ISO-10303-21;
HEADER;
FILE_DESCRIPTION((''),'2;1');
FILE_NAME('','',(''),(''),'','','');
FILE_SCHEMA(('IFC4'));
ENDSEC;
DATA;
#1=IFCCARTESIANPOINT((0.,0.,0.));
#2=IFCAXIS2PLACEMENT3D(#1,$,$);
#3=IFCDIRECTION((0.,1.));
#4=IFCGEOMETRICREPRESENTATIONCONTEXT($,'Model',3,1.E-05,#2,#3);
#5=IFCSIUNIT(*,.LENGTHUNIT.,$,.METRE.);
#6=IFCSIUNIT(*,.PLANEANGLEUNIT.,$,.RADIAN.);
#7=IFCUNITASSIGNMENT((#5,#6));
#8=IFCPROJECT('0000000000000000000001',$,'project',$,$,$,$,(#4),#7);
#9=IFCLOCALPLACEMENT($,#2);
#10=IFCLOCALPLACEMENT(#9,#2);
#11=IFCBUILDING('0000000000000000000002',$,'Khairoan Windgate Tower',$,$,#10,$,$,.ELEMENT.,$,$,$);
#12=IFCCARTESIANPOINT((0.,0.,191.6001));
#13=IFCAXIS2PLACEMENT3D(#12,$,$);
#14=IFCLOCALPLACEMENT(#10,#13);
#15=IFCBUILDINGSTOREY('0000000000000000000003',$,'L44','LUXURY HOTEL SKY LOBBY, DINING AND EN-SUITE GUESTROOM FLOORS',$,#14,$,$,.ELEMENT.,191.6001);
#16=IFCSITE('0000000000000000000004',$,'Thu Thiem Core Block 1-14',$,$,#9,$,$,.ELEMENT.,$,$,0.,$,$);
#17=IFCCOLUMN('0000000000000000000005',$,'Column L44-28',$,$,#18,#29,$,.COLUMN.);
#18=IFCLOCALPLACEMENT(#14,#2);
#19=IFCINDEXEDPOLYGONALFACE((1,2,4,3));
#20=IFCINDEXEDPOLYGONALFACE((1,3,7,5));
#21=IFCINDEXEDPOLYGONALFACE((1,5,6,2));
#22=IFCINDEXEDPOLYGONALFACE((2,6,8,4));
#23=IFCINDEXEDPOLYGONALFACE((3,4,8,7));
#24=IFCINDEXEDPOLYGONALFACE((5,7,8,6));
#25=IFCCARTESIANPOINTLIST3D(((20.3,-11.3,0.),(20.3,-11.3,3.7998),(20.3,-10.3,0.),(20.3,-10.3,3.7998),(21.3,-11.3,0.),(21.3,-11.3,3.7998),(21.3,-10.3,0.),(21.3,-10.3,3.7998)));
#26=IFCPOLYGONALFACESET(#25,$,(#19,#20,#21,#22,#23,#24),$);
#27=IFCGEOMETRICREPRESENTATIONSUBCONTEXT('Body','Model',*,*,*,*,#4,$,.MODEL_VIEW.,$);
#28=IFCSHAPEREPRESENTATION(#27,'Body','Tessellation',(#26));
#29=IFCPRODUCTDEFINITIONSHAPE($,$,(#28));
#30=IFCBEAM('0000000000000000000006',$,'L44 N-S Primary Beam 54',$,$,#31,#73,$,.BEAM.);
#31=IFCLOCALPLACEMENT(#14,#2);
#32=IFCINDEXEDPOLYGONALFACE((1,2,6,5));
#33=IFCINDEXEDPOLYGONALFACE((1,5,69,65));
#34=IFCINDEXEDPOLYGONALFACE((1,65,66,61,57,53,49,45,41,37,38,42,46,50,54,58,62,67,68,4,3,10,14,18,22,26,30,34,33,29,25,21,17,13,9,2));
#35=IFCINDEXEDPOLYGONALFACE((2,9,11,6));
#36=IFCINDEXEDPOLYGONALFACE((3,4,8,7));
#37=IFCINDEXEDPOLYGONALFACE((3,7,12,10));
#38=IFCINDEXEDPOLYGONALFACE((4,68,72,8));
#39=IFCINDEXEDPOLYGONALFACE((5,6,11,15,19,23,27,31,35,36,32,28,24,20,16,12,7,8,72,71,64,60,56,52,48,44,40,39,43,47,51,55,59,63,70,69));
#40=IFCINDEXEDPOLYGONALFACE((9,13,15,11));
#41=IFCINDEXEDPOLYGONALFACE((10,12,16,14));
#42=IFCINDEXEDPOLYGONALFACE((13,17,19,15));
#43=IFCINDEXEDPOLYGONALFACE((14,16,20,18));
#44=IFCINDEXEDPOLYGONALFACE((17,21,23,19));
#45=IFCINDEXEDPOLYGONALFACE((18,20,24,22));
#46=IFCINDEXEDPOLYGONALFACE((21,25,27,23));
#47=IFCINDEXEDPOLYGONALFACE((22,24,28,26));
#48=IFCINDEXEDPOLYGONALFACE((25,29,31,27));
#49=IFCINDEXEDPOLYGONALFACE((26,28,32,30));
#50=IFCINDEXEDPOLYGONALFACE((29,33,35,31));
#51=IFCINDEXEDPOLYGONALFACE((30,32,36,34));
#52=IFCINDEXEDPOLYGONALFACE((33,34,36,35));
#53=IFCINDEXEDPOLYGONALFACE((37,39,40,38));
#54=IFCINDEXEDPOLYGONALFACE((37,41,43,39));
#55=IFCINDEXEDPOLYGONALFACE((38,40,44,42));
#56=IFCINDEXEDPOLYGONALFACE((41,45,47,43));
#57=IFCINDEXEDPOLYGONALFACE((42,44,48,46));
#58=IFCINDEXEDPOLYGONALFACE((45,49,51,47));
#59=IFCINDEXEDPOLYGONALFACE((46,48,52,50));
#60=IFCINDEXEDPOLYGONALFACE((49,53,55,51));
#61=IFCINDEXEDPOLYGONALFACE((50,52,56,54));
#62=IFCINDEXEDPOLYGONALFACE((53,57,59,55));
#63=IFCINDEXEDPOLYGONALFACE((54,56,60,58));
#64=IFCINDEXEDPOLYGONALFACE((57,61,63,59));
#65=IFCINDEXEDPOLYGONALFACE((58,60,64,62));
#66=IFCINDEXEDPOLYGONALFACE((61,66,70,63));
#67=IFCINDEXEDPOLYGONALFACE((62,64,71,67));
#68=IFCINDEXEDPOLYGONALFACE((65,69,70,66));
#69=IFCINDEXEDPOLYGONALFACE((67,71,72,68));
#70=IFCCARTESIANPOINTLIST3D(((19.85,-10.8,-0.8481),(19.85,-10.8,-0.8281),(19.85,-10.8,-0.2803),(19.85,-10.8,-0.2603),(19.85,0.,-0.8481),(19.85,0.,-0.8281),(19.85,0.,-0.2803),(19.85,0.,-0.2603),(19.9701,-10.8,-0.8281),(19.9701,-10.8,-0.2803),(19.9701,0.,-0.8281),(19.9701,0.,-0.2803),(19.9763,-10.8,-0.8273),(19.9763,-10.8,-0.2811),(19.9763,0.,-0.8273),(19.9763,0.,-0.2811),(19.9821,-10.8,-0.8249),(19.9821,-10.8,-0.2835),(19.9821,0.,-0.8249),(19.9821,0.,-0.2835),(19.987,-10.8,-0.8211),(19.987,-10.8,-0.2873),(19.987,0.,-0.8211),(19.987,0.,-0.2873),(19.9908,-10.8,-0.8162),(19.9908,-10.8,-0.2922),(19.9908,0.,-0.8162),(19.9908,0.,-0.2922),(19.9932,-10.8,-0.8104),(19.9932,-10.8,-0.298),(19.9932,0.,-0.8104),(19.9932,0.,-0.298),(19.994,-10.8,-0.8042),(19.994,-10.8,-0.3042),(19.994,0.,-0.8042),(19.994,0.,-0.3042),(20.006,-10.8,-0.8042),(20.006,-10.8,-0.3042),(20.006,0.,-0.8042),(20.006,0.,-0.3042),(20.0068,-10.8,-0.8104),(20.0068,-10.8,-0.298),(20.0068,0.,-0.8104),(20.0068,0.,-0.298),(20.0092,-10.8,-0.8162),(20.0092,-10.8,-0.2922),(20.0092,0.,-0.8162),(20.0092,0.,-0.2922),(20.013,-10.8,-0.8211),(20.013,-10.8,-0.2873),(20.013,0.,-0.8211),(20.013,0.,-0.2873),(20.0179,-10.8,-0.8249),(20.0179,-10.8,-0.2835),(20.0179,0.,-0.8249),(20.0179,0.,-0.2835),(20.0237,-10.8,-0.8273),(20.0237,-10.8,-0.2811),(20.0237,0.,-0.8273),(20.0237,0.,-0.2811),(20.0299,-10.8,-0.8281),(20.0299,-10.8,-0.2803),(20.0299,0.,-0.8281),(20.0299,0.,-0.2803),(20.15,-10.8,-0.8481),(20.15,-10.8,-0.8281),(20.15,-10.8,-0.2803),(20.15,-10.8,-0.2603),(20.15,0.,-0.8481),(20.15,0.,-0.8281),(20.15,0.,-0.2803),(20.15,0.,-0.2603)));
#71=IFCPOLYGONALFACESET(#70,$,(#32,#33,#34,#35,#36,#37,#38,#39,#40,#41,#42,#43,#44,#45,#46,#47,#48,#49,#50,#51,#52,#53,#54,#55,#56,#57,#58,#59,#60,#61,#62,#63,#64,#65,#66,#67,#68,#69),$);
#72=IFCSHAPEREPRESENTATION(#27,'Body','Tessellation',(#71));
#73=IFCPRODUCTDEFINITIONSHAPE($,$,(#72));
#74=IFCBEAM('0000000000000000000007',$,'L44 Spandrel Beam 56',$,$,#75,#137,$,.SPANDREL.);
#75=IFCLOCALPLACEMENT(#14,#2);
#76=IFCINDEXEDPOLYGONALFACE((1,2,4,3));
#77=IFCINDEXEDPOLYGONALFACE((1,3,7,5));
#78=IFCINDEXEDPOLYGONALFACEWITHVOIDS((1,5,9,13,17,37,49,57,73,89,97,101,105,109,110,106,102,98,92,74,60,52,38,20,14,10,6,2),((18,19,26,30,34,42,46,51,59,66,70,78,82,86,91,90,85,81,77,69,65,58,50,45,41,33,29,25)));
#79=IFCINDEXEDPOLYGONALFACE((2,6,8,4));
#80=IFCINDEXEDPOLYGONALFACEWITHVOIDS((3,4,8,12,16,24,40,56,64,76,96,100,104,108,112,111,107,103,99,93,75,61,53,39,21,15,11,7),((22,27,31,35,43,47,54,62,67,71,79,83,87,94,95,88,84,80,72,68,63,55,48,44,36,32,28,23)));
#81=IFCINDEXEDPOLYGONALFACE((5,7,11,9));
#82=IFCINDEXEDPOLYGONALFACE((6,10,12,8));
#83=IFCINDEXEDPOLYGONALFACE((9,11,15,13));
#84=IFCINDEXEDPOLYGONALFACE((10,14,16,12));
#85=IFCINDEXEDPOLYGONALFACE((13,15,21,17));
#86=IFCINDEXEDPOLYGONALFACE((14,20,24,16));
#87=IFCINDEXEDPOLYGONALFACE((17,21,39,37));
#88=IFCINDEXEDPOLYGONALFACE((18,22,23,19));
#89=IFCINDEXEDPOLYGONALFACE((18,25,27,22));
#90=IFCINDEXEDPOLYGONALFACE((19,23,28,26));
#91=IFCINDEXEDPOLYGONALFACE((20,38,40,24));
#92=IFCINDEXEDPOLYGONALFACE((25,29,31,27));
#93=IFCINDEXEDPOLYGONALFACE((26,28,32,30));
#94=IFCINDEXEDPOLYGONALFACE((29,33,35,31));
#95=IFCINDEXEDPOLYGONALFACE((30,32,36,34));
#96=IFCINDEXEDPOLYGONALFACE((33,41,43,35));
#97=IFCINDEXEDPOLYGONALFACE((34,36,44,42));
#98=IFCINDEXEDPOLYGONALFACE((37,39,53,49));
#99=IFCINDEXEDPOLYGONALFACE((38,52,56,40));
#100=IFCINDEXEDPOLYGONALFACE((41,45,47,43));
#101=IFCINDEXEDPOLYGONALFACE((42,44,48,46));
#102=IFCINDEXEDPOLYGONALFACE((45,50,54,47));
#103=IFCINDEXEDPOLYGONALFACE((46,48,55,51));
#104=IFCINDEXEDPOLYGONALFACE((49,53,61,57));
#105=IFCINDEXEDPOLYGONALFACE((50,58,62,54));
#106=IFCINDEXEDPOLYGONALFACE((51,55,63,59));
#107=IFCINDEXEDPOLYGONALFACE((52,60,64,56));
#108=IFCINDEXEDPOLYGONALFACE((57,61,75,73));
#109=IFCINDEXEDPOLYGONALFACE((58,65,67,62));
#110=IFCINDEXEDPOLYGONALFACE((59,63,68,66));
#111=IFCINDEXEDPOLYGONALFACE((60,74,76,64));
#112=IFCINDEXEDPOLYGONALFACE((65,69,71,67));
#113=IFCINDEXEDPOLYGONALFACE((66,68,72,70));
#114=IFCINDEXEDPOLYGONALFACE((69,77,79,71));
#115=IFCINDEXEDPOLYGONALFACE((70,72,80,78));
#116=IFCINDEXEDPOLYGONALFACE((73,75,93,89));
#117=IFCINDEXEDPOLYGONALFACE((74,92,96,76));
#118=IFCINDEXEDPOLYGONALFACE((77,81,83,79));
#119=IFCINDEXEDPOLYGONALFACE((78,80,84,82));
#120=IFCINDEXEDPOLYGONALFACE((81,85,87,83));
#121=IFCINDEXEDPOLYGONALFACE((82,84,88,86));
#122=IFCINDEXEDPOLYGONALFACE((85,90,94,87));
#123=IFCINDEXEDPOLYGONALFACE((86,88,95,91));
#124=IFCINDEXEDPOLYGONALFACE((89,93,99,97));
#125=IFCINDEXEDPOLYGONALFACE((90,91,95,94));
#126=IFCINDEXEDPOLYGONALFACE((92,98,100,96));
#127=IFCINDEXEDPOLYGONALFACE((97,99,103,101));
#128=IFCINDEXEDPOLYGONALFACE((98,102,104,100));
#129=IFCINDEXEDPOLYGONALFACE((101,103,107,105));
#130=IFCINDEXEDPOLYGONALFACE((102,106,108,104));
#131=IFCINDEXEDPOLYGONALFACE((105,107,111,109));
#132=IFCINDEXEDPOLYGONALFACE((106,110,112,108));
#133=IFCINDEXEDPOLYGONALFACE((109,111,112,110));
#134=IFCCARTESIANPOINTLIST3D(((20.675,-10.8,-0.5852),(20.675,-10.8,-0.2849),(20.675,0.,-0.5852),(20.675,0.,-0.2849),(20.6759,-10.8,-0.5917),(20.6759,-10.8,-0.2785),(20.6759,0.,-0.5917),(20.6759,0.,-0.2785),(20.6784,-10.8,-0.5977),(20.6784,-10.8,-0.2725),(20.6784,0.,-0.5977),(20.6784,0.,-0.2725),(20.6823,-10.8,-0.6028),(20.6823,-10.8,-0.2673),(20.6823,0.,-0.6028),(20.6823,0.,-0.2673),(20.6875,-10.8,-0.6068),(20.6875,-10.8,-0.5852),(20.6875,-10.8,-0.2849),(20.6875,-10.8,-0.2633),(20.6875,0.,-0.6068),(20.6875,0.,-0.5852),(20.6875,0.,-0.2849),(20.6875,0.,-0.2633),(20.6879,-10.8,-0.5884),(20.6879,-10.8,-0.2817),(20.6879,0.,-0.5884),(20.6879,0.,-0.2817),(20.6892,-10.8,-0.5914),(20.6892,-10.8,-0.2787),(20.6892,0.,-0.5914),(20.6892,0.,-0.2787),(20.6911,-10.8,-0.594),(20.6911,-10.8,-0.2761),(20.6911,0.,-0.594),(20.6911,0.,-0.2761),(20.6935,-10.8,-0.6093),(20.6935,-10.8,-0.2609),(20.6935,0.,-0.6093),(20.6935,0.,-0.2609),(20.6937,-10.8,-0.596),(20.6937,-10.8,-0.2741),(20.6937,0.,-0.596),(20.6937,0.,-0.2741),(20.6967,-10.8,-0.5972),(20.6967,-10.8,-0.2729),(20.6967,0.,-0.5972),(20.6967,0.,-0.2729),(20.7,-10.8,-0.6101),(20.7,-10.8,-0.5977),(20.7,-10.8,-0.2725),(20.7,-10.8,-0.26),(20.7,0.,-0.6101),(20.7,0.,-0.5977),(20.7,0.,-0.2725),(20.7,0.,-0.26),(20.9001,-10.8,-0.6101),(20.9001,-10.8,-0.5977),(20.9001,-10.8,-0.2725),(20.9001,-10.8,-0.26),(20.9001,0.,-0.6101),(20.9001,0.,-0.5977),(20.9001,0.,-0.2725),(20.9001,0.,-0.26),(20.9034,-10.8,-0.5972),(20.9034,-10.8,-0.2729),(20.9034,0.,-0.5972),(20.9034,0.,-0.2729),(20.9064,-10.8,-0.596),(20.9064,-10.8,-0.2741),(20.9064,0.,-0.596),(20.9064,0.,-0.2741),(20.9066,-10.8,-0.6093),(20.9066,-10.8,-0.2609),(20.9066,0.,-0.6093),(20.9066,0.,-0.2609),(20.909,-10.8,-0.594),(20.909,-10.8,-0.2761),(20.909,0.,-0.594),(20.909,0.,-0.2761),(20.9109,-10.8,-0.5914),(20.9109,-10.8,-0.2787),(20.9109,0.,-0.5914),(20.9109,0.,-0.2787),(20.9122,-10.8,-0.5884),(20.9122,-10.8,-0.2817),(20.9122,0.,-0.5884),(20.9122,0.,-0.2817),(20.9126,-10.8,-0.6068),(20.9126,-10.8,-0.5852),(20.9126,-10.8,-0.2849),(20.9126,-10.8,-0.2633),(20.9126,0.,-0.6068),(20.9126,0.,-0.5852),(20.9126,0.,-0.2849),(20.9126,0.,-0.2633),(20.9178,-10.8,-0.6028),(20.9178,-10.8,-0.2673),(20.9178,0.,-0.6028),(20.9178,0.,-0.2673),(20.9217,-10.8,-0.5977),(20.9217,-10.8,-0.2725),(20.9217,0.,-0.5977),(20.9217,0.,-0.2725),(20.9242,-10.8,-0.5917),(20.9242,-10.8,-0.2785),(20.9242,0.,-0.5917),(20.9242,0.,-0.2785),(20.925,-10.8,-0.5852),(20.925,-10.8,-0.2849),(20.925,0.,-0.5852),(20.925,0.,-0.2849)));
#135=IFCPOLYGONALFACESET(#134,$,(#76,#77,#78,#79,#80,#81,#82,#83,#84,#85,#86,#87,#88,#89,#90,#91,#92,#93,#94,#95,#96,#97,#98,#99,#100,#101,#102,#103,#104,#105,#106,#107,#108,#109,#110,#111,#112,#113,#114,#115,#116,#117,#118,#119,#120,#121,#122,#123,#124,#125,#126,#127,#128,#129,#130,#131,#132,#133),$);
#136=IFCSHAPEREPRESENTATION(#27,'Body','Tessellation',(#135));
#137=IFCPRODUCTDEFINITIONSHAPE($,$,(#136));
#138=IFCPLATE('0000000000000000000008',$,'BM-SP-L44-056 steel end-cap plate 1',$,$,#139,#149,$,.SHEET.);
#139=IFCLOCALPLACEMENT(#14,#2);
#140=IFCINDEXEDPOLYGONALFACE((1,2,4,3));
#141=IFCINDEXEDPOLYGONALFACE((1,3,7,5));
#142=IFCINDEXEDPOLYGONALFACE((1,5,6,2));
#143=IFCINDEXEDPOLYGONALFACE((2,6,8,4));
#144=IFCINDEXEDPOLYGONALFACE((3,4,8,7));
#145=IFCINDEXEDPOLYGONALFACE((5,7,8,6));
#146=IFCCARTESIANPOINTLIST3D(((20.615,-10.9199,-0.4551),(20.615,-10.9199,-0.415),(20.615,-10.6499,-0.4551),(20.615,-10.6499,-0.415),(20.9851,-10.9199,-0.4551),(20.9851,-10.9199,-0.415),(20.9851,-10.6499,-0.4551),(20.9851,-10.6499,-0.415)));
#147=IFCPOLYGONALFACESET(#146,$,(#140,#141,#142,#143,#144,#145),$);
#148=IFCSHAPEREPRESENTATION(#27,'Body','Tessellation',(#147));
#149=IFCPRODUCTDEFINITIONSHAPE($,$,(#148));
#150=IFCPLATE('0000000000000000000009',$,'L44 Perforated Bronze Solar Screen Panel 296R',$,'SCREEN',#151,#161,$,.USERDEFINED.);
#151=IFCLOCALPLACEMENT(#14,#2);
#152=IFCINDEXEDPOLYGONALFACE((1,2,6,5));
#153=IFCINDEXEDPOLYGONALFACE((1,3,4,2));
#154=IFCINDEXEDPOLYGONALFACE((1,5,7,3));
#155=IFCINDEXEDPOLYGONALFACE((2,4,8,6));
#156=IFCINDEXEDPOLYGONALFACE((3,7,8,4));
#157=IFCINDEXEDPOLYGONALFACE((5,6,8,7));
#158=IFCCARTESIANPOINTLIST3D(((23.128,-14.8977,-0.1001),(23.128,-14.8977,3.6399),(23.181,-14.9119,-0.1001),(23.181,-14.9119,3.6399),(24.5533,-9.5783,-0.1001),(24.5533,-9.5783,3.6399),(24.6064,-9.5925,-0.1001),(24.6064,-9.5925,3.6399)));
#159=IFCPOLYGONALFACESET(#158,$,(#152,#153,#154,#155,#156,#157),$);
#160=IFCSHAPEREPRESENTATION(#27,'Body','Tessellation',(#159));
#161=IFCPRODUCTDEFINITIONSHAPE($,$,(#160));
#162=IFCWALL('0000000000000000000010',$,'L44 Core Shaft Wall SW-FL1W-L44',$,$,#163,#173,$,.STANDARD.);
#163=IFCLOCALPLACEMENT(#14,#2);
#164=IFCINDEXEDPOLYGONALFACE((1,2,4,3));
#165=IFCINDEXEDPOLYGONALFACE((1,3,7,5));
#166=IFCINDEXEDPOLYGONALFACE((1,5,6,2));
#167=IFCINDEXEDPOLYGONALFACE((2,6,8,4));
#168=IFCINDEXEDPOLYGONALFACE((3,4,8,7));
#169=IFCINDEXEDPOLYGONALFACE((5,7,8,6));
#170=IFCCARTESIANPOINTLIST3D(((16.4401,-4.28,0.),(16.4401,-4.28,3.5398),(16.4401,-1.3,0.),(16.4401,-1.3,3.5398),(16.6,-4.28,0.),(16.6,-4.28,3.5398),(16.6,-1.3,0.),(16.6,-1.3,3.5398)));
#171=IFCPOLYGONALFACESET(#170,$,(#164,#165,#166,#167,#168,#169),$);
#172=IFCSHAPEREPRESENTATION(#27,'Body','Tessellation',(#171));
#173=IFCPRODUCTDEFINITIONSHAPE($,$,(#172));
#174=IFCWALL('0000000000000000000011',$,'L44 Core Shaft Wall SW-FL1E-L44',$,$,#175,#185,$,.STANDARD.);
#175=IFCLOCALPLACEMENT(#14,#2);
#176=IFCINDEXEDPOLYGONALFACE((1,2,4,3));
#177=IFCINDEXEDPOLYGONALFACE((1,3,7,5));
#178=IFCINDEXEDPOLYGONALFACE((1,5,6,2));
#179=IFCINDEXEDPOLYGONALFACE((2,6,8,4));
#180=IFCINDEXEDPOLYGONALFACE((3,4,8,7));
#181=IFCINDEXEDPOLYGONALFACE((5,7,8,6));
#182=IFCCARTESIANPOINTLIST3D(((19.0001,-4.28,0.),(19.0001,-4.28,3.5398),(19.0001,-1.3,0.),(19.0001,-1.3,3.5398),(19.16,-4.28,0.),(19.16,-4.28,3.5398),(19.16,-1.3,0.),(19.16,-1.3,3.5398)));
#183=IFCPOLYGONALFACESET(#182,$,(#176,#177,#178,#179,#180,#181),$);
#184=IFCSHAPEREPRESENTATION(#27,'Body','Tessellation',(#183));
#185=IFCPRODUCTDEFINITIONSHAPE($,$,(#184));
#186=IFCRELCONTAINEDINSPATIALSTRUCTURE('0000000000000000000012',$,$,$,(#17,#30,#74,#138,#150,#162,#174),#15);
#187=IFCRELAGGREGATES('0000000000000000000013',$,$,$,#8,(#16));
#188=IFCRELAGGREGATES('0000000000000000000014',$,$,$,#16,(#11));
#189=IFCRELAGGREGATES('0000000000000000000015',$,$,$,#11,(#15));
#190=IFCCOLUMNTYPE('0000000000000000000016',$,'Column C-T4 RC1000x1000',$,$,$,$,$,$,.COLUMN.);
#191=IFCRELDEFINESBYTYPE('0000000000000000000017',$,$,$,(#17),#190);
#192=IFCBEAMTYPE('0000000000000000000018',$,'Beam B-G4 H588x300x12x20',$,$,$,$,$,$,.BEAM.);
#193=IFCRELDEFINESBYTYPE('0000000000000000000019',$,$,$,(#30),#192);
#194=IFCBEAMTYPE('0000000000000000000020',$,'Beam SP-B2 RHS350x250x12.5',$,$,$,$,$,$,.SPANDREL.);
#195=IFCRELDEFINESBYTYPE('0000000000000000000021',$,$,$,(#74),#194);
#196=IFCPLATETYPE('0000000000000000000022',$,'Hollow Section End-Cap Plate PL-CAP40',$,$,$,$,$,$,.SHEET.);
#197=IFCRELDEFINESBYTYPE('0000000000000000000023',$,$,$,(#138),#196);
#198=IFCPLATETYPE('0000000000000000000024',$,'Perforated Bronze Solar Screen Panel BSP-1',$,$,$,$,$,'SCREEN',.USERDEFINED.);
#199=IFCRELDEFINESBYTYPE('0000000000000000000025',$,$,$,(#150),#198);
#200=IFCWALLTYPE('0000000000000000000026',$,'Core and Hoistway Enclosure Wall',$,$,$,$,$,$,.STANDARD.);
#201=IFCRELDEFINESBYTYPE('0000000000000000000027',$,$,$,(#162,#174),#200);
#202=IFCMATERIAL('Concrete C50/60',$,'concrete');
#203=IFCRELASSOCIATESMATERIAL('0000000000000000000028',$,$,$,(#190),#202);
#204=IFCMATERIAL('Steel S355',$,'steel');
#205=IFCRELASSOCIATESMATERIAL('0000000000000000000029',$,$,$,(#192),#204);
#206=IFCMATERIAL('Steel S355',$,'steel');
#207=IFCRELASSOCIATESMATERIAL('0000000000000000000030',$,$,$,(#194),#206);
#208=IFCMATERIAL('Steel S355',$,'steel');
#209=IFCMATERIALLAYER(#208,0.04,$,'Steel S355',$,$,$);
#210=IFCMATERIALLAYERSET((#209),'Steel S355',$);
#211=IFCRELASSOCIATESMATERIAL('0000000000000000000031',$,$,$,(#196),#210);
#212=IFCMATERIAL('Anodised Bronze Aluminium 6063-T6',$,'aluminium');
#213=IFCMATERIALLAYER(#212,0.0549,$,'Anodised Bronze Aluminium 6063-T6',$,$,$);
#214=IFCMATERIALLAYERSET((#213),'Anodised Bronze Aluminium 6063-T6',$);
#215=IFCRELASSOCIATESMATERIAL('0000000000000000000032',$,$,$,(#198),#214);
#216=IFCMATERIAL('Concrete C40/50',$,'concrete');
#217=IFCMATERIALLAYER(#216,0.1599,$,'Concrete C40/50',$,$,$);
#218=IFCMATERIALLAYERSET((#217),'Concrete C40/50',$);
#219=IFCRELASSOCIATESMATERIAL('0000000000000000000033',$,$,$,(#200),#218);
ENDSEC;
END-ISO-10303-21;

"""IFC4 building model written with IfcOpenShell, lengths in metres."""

from ifc_helpers import new_model, si_unit, direction, frame, frame_2d, origin, origin_2d, place, context, subcontext, project, spatial, rectangle, hollow_rectangle, i_section, extrude, material, layer, layer_set, material_profile, profile_set, type_object, element, save


model = new_model("IFC4")

# Units and contexts
model_context = context("Model", 3, precision=1e-05, world=origin(), true_north=direction((0.0, 1.0)))
body_context = subcontext(model_context, "Body", "Model", "MODEL_VIEW")
ifc_project = project(units=[si_unit("LENGTHUNIT", "METRE"), si_unit("PLANEANGLEUNIT", "RADIAN")], contexts=[model_context])

# Site, building, storey
site_placement = place(None, origin())
site = spatial("IfcSite", under=ifc_project, at=site_placement, Name="Thu Thiem Core Block 1-14", CompositionType="ELEMENT", RefElevation=0.0)
building_placement = place(site_placement, origin())
building = spatial("IfcBuilding", under=site, at=building_placement, Name="Khairoan Windgate Tower", CompositionType="ELEMENT")
storey_placement = place(building_placement, frame((0.0, 0.0, 191.6001)))
storey = spatial("IfcBuildingStorey", under=building, at=storey_placement, Name="L44", Description="LUXURY HOTEL SKY LOBBY, DINING AND EN-SUITE GUESTROOM FLOORS", CompositionType="ELEMENT", Elevation=191.6001)

# Column
ifc_material_1 = material(Name="Concrete C50/60", Category="concrete")
ifc_material_profile_1 = material_profile(ifc_material_1, rectangle(XDim=1.0, YDim=1.0, at=origin_2d()))
ifc_profile_set_1 = profile_set([ifc_material_profile_1], Name="Concrete C50/60")
column_type = type_object("IfcColumnType", Name="Column C-T4 RC1000x1000", PredefinedType="COLUMN", material=ifc_profile_set_1)
column_placement = place(storey_placement, frame((20.8, -10.8, 0.0), z_axis=(0.0, 0.0, 1.0), x_axis=(1.0, 0.0, 0.0)))
element("IfcColumn", 1, at=column_placement, inside=storey, type_object=column_type, Name="Column L44-28", PredefinedType="COLUMN", context=body_context, shape_type="SweptSolid", body=[
    extrude(rectangle(XDim=1.0, YDim=1.0, at=origin_2d()), origin(), (0.0, 0.0, 1.0), 3.7998),
])

# Beams
ifc_material_2 = material(Name="Steel S355", Category="steel")
ifc_material_profile_2 = material_profile(ifc_material_2, i_section(OverallWidth=0.3, OverallDepth=0.5879, WebThickness=0.012, FlangeThickness=0.02, FilletRadius=0.0239, at=origin_2d()))
ifc_profile_set_2 = profile_set([ifc_material_profile_2], Name="Steel S355")
beam_type_1 = type_object("IfcBeamType", Name="Beam B-G4 H588x300x12x20", PredefinedType="BEAM", material=ifc_profile_set_2)
beam_1_placement = place(storey_placement, frame((20.0, -10.8, -0.5542), z_axis=(0.0, 1.0, 0.0), x_axis=(-1.0, 0.0, 0.0)))
element("IfcBeam", 2, at=beam_1_placement, inside=storey, type_object=beam_type_1, Name="L44 N-S Primary Beam 54", PredefinedType="BEAM", context=body_context, shape_type="SweptSolid", body=[
    extrude(i_section(OverallWidth=0.3, OverallDepth=0.5879, WebThickness=0.012, FlangeThickness=0.02, FilletRadius=0.0239, at=origin_2d()), origin(), (0.0, 0.0, 1.0), 10.8),
])
ifc_material_3 = material(Name="Steel S355", Category="steel")
ifc_material_profile_3 = material_profile(ifc_material_3, hollow_rectangle(XDim=0.25, YDim=0.3501, WallThickness=0.0125, InnerFilletRadius=0.0125, OuterFilletRadius=0.0249, at=origin_2d()))
ifc_profile_set_3 = profile_set([ifc_material_profile_3], Name="Steel S355")
beam_type_2 = type_object("IfcBeamType", Name="Beam SP-B2 RHS350x250x12.5", PredefinedType="SPANDREL", material=ifc_profile_set_3)
beam_2_placement = place(storey_placement, frame((20.8, -10.8, -0.4351), z_axis=(0.0, 1.0, 0.0), x_axis=(-1.0, 0.0, 0.0)))
element("IfcBeam", 3, at=beam_2_placement, inside=storey, type_object=beam_type_2, Name="L44 Spandrel Beam 56", PredefinedType="SPANDREL", context=body_context, shape_type="SweptSolid", body=[
    extrude(hollow_rectangle(XDim=0.25, YDim=0.3501, WallThickness=0.0125, InnerFilletRadius=0.0125, OuterFilletRadius=0.0249, at=origin_2d()), origin(), (0.0, 0.0, 1.0), 10.8),
])

# Plates
ifc_material_4 = material(Name="Steel S355", Category="steel")
ifc_layer_1 = layer(ifc_material_4, 0.04, Name="Steel S355")
ifc_layer_set_1 = layer_set([ifc_layer_1], Name="Steel S355")
plate_type_1 = type_object("IfcPlateType", Name="Hollow Section End-Cap Plate PL-CAP40", PredefinedType="SHEET", material=ifc_layer_set_1)
plate_1_placement = place(storey_placement, frame((20.8, -10.7849, -0.4551), z_axis=(0.0, 0.0, 1.0), x_axis=(0.0, 1.0, 0.0)))
element("IfcPlate", 4, at=plate_1_placement, inside=storey, type_object=plate_type_1, Name="BM-SP-L44-056 steel end-cap plate 1", PredefinedType="SHEET", context=body_context, shape_type="SweptSolid", body=[
    extrude(rectangle(XDim=0.27, YDim=0.3701, at=origin_2d()), origin(), (0.0, 0.0, 1.0), 0.04),
])
ifc_material_5 = material(Name="Anodised Bronze Aluminium 6063-T6", Category="aluminium")
ifc_layer_2 = layer(ifc_material_5, 0.0549, Name="Anodised Bronze Aluminium 6063-T6")
ifc_layer_set_2 = layer_set([ifc_layer_2], Name="Anodised Bronze Aluminium 6063-T6")
plate_type_2 = type_object("IfcPlateType", Name="Perforated Bronze Solar Screen Panel BSP-1", ElementType="SCREEN", PredefinedType="USERDEFINED", material=ifc_layer_set_2)
plate_2_placement = place(storey_placement, frame((23.8672, -12.2451, -0.1001), z_axis=(0.0, 0.0, 1.0), x_axis=(-0.258819, -0.965926, 0.0)))
element("IfcPlate", 5, at=plate_2_placement, inside=storey, type_object=plate_type_2, Name="L44 Perforated Bronze Solar Screen Panel 296R", ObjectType="SCREEN", PredefinedType="USERDEFINED", context=body_context, shape_type="SweptSolid", body=[
    extrude(rectangle(XDim=5.5071, YDim=0.0549, at=origin_2d()), origin(), (0.0, 0.0, 1.0), 3.74),
])

# Walls
ifc_material_6 = material(Name="Concrete C40/50", Category="concrete")
ifc_layer_3 = layer(ifc_material_6, 0.1599, Name="Concrete C40/50")
ifc_layer_set_3 = layer_set([ifc_layer_3], Name="Concrete C40/50")
wall_type_1 = type_object("IfcWallType", Name="Core and Hoistway Enclosure Wall", PredefinedType="STANDARD", material=ifc_layer_set_3)
for number, where, z_axis, x_axis, name in (
    (6, (16.52, -4.28, 0.0), (0.0, 0.0, 1.0), (0.0, 1.0, 0.0), "L44 Core Shaft Wall SW-FL1W-L44"),
    (7, (19.0801, -4.28, 0.0), (0.0, 0.0, 1.0), (0.0, 1.0, 0.0), "L44 Core Shaft Wall SW-FL1E-L44"),
):
    element("IfcWall", number, at=place(storey_placement, frame(where, z_axis=z_axis, x_axis=x_axis)), inside=storey, type_object=wall_type_1, Name=name, PredefinedType="STANDARD", context=body_context, shape_type="SweptSolid", body=[
        extrude(rectangle(XDim=2.98, YDim=0.1599, at=frame_2d((1.49, 0.0))), origin(), (0.0, 0.0, 1.0), 3.5398),
    ])

save(model, "model.ifc")
